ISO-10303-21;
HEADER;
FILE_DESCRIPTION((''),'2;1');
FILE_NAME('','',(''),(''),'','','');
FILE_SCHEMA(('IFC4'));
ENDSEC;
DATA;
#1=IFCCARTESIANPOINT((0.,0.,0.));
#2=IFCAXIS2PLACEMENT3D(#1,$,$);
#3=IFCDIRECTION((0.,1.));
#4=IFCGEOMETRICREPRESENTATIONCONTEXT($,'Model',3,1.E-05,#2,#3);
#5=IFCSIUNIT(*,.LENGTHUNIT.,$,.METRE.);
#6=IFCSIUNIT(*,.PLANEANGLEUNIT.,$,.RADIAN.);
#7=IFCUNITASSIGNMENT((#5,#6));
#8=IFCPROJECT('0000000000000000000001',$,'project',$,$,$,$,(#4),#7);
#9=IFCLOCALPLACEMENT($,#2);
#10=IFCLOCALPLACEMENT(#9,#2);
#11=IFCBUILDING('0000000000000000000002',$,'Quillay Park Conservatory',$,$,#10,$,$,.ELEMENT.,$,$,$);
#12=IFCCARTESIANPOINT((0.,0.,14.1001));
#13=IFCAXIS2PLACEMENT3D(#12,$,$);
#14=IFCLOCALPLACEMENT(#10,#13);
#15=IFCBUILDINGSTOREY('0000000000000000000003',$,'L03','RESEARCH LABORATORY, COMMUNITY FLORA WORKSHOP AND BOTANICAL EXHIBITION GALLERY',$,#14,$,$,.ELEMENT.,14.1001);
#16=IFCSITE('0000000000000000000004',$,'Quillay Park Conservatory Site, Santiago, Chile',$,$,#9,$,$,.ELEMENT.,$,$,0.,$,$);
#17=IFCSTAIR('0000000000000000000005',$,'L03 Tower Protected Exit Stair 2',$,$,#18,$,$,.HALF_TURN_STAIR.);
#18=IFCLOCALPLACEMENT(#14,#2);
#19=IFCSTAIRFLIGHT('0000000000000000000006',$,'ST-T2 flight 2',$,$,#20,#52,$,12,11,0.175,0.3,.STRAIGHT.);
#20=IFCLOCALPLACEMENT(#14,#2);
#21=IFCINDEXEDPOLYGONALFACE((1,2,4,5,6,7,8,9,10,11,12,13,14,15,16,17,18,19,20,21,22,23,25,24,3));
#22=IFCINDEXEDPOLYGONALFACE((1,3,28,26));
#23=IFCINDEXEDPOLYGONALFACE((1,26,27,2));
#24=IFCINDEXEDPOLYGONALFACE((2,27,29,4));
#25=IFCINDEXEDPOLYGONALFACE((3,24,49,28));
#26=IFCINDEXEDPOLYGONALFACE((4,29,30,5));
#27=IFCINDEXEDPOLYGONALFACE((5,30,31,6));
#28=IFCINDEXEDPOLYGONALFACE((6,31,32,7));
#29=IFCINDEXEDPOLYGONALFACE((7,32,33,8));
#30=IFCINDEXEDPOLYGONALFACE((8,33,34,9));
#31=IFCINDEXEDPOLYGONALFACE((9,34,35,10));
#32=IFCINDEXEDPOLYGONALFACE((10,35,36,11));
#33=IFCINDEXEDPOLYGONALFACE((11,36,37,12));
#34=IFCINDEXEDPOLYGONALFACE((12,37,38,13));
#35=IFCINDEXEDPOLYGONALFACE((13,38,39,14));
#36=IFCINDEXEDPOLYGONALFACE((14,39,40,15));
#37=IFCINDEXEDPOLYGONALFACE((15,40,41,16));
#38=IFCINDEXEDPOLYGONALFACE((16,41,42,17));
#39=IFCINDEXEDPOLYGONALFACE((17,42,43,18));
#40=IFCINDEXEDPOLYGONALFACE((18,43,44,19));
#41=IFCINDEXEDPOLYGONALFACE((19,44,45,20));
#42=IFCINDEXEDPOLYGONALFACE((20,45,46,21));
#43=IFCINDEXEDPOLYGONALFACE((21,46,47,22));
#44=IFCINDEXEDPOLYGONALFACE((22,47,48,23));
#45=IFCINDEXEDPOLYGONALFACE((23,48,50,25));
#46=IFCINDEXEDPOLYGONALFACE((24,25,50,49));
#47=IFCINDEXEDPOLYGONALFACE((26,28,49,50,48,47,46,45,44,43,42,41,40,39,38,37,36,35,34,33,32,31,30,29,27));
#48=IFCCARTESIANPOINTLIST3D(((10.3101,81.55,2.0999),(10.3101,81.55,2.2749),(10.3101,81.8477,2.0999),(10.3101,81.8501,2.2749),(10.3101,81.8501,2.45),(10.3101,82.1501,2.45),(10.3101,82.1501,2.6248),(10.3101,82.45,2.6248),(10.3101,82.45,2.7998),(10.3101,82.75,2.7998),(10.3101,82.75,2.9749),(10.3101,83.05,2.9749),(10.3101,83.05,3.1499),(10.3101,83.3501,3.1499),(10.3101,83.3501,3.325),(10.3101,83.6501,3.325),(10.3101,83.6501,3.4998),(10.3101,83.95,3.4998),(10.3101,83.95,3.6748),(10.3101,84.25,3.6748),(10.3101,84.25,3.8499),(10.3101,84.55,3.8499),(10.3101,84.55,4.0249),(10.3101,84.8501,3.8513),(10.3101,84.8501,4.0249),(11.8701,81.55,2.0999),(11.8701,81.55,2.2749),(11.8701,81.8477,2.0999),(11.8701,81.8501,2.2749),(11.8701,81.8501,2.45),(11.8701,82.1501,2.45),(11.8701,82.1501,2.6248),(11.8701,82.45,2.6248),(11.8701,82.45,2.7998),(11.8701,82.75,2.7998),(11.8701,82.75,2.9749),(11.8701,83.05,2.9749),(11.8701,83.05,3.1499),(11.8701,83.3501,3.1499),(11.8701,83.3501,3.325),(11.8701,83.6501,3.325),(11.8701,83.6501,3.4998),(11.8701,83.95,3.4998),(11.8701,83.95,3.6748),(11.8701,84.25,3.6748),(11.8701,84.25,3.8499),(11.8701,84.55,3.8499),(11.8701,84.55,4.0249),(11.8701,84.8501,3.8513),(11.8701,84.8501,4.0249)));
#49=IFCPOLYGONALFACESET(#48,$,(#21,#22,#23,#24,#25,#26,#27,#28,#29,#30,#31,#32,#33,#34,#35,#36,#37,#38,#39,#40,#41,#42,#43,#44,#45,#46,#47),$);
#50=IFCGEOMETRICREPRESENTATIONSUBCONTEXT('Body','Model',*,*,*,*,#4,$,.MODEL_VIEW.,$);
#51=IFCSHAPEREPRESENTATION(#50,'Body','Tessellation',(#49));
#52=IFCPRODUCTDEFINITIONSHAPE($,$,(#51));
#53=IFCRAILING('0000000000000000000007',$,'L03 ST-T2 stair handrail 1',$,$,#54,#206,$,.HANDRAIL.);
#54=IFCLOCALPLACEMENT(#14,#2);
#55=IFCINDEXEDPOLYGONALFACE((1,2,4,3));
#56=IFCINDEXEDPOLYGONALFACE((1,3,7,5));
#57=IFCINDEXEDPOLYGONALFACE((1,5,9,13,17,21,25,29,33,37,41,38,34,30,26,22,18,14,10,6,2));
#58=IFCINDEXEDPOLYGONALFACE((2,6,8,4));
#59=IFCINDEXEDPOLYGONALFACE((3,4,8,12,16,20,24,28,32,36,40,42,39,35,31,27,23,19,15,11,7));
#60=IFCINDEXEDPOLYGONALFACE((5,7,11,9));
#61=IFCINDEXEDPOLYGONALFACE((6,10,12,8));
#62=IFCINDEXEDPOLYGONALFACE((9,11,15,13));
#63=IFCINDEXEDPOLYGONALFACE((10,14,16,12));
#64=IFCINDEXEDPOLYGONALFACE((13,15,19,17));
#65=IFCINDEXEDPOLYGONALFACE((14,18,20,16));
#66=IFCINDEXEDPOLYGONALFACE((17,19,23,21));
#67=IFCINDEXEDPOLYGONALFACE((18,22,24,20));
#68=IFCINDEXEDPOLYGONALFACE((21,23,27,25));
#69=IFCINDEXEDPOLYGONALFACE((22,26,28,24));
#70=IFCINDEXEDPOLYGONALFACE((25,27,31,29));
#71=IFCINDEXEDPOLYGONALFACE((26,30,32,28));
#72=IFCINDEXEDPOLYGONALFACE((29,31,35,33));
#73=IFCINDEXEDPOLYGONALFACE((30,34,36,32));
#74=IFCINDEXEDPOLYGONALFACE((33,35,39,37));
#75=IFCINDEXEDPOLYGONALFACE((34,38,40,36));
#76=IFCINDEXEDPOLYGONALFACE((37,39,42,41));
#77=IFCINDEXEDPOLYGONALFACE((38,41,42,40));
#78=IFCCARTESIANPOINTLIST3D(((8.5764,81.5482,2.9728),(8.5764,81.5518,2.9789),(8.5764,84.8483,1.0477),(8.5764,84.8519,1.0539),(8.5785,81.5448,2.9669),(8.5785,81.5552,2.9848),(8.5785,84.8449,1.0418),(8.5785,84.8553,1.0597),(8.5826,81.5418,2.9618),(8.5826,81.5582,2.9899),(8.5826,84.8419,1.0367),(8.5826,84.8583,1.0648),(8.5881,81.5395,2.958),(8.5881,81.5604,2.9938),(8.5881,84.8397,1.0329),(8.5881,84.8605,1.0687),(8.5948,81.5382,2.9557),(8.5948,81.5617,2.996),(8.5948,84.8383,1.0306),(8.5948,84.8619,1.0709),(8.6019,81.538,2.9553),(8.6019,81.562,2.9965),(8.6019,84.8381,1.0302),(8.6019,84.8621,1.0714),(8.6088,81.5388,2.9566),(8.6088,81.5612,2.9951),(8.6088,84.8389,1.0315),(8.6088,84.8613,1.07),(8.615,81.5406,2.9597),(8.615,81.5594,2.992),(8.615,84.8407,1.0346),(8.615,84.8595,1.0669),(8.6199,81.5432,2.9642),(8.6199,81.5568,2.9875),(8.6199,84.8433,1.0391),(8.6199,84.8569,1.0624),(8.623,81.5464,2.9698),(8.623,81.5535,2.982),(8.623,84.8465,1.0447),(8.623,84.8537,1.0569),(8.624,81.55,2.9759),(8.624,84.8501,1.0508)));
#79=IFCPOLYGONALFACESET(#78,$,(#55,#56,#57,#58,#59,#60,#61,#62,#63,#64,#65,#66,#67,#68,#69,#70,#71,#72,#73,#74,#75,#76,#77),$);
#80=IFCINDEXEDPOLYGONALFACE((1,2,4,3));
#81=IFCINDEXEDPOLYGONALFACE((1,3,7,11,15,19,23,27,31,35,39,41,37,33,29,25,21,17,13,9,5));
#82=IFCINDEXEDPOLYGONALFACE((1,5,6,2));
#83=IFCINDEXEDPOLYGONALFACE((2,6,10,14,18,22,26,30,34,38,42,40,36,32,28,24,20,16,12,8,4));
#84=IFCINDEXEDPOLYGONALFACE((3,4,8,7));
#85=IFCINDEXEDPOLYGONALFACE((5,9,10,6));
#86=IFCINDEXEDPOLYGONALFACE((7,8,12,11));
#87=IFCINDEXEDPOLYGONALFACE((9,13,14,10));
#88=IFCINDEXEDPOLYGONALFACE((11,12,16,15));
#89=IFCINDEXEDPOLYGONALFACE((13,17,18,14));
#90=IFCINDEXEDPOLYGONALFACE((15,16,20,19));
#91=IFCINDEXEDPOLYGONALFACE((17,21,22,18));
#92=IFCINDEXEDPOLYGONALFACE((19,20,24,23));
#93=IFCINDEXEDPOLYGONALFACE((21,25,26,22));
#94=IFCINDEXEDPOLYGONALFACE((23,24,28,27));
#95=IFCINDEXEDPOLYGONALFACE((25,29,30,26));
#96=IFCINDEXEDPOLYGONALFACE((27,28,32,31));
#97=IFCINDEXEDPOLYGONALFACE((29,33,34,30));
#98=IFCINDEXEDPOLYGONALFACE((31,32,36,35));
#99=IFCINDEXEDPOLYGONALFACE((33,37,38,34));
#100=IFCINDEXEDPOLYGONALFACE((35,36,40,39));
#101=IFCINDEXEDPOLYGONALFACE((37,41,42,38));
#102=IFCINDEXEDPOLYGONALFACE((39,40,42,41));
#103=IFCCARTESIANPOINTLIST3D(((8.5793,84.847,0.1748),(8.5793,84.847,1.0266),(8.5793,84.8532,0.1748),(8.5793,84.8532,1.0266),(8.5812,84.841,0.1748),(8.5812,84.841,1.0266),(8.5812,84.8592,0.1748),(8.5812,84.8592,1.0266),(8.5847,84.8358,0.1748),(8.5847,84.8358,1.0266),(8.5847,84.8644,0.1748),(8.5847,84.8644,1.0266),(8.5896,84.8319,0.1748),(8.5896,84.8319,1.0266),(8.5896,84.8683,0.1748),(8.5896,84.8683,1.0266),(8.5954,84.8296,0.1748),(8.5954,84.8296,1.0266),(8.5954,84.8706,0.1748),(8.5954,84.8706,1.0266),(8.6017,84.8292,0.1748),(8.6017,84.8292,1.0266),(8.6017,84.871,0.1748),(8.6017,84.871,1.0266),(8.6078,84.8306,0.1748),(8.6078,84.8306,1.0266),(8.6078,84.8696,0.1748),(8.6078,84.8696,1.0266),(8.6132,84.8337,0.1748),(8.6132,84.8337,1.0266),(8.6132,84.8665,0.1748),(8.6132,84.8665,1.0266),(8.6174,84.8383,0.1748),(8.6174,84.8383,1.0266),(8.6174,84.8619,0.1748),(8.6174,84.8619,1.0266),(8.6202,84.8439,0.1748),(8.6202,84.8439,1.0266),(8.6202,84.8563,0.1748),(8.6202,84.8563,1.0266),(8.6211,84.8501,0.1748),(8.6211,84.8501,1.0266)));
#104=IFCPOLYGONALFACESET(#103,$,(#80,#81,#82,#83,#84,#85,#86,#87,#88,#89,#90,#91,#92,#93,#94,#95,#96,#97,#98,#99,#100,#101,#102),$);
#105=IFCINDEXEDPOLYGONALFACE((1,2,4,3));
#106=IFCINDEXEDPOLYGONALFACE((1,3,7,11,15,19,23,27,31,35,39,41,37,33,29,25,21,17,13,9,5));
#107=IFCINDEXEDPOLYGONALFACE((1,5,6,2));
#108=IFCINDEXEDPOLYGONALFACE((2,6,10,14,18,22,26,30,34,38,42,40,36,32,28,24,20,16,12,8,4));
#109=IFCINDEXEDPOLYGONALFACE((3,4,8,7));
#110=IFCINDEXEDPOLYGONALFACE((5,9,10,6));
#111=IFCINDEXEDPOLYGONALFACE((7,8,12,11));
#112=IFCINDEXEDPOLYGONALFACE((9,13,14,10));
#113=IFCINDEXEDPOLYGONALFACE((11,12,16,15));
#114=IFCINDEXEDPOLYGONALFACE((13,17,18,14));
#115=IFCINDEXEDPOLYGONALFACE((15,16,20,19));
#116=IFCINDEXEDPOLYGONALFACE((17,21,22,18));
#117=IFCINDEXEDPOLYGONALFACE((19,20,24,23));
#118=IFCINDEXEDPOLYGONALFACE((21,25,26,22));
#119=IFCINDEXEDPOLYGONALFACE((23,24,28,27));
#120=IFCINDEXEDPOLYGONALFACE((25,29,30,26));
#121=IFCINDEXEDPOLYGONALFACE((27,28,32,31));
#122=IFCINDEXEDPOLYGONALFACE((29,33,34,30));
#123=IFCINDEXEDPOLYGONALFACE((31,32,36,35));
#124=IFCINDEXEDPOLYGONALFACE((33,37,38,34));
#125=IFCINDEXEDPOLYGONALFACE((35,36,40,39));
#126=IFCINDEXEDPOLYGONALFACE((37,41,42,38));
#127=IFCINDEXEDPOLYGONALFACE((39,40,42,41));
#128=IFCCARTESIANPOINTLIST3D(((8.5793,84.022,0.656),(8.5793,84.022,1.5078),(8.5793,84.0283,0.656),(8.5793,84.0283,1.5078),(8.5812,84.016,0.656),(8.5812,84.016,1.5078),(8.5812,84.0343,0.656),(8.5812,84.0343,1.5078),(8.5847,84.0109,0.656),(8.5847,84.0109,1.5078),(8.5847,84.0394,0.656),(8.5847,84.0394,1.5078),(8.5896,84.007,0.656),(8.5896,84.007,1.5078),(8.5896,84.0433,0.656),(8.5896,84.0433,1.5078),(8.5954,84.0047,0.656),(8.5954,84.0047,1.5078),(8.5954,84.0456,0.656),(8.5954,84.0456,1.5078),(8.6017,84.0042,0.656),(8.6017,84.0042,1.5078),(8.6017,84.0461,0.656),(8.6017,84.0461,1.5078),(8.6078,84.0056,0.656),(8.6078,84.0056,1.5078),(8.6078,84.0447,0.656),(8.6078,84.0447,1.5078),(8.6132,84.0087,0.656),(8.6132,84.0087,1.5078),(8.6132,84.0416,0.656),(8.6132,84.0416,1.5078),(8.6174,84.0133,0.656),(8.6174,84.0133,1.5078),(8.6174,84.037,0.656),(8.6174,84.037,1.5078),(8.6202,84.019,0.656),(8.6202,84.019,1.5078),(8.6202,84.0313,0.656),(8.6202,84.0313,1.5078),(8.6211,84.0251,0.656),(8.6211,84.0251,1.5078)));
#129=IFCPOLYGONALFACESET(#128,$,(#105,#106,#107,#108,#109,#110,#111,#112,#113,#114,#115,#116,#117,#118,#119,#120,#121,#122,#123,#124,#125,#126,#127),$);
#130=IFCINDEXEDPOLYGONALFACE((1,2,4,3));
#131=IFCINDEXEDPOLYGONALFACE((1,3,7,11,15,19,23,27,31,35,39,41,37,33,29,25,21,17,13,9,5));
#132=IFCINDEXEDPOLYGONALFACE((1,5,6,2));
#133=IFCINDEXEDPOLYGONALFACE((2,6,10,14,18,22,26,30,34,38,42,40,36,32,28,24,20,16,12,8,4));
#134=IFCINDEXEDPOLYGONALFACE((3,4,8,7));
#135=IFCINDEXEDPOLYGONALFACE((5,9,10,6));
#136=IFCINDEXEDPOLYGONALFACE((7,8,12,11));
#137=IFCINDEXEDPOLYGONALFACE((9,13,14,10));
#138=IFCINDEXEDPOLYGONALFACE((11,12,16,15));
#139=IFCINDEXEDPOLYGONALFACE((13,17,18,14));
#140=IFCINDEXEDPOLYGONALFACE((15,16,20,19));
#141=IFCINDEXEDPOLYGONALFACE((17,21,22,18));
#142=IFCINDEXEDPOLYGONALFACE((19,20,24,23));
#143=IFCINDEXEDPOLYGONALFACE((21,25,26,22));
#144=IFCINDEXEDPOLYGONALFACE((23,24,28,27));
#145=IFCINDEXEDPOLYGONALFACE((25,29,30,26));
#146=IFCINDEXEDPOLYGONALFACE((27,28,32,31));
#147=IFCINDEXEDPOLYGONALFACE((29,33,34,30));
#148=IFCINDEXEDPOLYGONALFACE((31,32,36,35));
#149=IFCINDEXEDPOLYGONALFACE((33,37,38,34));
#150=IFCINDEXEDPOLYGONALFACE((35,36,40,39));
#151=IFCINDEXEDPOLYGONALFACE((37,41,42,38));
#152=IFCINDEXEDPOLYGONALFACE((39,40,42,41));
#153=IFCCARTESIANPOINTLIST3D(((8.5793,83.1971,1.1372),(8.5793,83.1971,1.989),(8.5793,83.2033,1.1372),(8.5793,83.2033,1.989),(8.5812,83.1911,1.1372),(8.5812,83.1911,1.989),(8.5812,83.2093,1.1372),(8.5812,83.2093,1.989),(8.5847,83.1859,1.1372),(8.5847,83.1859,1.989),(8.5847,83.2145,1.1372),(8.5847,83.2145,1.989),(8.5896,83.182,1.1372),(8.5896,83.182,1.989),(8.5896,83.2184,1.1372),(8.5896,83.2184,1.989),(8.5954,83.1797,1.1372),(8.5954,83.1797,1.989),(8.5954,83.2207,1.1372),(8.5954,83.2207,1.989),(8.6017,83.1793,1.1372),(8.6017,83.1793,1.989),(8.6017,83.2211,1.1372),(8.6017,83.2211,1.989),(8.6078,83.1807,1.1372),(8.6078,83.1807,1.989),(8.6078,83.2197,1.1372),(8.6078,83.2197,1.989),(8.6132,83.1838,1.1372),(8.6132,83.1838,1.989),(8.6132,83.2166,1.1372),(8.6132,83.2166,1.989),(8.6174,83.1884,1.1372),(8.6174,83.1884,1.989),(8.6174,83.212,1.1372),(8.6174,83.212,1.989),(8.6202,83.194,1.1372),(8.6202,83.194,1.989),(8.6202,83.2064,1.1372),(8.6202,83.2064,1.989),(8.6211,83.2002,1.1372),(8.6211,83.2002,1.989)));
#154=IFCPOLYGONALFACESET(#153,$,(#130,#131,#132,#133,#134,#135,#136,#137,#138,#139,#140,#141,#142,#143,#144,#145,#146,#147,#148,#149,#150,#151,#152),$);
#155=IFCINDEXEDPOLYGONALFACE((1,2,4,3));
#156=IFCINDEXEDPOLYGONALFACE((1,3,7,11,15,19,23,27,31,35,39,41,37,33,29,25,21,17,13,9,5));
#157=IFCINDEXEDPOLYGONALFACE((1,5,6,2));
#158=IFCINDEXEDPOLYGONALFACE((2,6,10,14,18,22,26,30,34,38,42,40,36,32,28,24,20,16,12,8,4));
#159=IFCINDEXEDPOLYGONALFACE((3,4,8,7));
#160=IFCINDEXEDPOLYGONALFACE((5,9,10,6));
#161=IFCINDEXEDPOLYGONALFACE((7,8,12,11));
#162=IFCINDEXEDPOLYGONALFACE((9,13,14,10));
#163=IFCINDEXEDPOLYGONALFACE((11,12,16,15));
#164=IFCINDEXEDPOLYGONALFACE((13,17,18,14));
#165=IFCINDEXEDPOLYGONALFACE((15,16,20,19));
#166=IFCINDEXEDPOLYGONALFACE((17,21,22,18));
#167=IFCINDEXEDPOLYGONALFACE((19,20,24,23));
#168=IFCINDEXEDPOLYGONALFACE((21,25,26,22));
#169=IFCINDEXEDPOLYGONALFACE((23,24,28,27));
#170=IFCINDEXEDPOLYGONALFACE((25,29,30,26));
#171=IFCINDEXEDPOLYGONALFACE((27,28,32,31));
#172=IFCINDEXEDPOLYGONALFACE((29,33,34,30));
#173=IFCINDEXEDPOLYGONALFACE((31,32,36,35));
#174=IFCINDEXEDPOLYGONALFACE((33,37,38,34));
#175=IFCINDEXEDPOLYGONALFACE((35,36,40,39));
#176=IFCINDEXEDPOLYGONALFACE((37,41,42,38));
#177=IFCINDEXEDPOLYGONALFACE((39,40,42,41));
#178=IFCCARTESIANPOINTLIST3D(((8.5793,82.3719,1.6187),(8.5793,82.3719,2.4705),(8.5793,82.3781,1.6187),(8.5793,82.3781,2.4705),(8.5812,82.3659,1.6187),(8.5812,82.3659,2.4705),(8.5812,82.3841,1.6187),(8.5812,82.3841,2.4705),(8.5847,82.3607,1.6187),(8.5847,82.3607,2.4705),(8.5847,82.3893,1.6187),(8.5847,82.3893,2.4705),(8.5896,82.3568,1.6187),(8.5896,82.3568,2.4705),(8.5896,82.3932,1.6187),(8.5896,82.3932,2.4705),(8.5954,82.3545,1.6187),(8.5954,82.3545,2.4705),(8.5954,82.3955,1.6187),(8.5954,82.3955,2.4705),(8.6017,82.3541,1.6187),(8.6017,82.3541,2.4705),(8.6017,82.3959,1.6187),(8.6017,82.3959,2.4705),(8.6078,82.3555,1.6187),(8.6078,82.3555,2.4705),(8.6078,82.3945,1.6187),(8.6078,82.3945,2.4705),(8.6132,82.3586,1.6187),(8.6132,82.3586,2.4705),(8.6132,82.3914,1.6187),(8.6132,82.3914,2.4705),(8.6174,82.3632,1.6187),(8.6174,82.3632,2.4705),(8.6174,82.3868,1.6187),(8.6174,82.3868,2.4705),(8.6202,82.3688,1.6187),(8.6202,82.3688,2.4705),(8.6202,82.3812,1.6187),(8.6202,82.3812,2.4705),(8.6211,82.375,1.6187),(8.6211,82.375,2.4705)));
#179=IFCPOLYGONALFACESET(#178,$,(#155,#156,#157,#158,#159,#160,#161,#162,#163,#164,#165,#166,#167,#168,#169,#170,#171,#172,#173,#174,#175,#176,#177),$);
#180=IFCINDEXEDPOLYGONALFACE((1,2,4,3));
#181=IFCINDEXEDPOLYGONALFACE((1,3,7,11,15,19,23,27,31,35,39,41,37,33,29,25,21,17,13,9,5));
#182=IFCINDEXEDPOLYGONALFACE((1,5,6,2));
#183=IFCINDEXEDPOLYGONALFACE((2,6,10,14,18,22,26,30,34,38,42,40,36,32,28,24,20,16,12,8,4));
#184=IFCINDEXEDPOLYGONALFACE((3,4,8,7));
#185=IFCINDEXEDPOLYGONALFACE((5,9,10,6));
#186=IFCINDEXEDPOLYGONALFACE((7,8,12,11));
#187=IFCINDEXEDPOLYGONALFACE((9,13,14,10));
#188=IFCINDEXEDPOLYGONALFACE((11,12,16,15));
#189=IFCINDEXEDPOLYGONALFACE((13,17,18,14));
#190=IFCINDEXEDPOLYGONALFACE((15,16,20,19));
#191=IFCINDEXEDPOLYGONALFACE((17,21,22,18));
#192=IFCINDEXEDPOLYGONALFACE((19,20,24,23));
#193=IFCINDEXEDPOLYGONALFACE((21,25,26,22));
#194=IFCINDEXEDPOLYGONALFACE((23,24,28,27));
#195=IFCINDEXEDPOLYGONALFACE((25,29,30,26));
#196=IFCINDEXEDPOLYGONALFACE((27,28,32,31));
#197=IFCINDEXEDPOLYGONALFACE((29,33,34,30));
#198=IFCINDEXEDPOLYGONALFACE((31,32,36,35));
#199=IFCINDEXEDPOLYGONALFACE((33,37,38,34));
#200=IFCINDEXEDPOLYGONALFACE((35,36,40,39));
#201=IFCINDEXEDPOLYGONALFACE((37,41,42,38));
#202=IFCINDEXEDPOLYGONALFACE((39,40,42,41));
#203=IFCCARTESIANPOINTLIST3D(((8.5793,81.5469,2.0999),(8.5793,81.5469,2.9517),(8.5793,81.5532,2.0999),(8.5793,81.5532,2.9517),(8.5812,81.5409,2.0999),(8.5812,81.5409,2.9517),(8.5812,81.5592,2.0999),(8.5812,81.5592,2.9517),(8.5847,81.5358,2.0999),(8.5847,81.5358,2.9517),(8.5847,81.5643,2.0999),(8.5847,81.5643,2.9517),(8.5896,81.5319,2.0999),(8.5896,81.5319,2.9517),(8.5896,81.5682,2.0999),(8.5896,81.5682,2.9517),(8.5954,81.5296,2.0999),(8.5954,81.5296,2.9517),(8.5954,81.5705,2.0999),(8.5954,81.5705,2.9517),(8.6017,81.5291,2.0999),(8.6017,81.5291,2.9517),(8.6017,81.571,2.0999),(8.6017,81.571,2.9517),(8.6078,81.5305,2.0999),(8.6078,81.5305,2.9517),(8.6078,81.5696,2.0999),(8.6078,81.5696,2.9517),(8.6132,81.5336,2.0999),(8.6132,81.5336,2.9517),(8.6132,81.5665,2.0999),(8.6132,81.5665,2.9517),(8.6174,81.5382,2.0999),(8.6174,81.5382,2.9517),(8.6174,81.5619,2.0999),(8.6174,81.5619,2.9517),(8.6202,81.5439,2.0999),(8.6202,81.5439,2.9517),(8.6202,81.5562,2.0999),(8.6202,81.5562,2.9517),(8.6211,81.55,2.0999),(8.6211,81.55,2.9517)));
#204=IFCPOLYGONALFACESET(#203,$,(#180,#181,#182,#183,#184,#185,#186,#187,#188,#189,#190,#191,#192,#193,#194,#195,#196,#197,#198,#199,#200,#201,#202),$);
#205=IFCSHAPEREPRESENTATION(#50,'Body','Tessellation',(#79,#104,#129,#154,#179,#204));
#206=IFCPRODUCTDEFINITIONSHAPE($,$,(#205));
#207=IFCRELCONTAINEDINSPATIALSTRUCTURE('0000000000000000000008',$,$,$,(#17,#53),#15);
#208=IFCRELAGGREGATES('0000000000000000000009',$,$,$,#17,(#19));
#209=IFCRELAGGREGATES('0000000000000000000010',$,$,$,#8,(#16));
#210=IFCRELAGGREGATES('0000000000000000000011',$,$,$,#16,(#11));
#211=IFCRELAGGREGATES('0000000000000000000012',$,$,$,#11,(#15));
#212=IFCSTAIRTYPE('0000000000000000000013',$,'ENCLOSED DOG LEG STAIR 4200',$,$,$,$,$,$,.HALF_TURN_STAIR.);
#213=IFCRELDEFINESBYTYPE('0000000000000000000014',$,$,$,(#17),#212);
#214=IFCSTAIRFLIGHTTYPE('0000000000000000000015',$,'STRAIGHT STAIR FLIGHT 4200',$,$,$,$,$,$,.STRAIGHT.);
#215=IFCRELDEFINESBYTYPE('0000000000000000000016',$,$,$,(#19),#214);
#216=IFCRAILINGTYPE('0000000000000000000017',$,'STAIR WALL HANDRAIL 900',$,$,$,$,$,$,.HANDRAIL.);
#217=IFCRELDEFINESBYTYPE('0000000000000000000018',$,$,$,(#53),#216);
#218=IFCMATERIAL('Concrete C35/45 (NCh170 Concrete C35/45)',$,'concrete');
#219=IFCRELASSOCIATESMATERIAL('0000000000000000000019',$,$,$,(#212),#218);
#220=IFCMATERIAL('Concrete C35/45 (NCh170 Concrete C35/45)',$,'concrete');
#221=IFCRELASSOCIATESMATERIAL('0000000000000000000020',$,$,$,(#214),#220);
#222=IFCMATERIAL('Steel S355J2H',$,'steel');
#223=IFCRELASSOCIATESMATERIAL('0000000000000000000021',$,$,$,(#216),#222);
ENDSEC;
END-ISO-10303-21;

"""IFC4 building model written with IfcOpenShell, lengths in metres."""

from ifc_helpers import new_model, si_unit, direction, frame, origin, origin_2d, place, context, subcontext, project, spatial, polyline, circle, outline, extrude, material, type_object, element, aggregate, save


model = new_model("IFC4")

# Units and contexts
model_context = context("Model", 3, precision=1e-05, world=origin(), true_north=direction((0.0, 1.0)))
body_context = subcontext(model_context, "Body", "Model", "MODEL_VIEW")
ifc_project = project(units=[si_unit("LENGTHUNIT", "METRE"), si_unit("PLANEANGLEUNIT", "RADIAN")], contexts=[model_context])

# Site, building, storey
site_placement = place(None, origin())
site = spatial("IfcSite", under=ifc_project, at=site_placement, Name="Quillay Park Conservatory Site, Santiago, Chile", CompositionType="ELEMENT", RefElevation=0.0)
building_placement = place(site_placement, origin())
building = spatial("IfcBuilding", under=site, at=building_placement, Name="Quillay Park Conservatory", CompositionType="ELEMENT")
storey_placement = place(building_placement, frame((0.0, 0.0, 14.1001)))
storey = spatial("IfcBuildingStorey", under=building, at=storey_placement, Name="L03", Description="RESEARCH LABORATORY, COMMUNITY FLORA WORKSHOP AND BOTANICAL EXHIBITION GALLERY", CompositionType="ELEMENT", Elevation=14.1001)

# Stair, stair flight
ifc_material_1 = material(Name="Concrete C35/45 (NCh170 Concrete C35/45)", Category="concrete")
stair_type = type_object("IfcStairType", Name="ENCLOSED DOG LEG STAIR 4200", PredefinedType="HALF_TURN_STAIR", material=ifc_material_1)
stair_placement = place(storey_placement, origin())
stair = element("IfcStair", 1, at=stair_placement, inside=storey, type_object=stair_type, Name="L03 Tower Protected Exit Stair 2", PredefinedType="HALF_TURN_STAIR")
ifc_material_2 = material(Name="Concrete C35/45 (NCh170 Concrete C35/45)", Category="concrete")
stair_flight_type = type_object("IfcStairFlightType", Name="STRAIGHT STAIR FLIGHT 4200", PredefinedType="STRAIGHT", material=ifc_material_2)
stair_flight_1_placement = place(storey_placement, frame((11.0901, 81.55, 2.0999), z_axis=(0.0, 0.0, 1.0), x_axis=(0.0, 1.0, 0.0)))
stair_flight_1 = element("IfcStairFlight", 2, at=stair_flight_1_placement, type_object=stair_flight_type, Name="ST-T2 flight 2", NumberOfRisers=12, NumberOfTreads=11, PredefinedType="STRAIGHT", RiserHeight=0.175, TreadLength=0.3, context=body_context, shape_type="SweptSolid", body=[
    extrude(outline(polyline([(0.0, 0.0), (0.0, 0.175), (0.3, 0.175), (0.3, 0.3501), (0.6001, 0.3501), (0.6001, 0.5249), (0.8999, 0.5249), (0.8999, 0.7), (1.2, 0.7), (1.2, 0.875), (1.5, 0.875), (1.5, 1.05), (1.8, 1.05), (1.8, 1.2251), (2.1001, 1.2251), (2.1001, 1.3999), (2.3999, 1.3999), (2.3999, 1.575), (2.7, 1.575), (2.7, 1.75), (3.0, 1.75), (3.0, 1.925), (3.3, 1.925), (3.3, 2.1001), (3.3, 1.7515), (0.2976, 0.0), (0.0, 0.0)])), frame((0.0, 0.78, 0.0), z_axis=(0.0, -1.0, 0.0), x_axis=(1.0, 0.0, 0.0)), (0.0, 0.0, 1.0), 1.5601),
])
aggregate(stair, [stair_flight_1])

# Railing
ifc_material_3 = material(Name="Steel S355J2H", Category="steel")
railing_type_1 = type_object("IfcRailingType", Name="STAIR WALL HANDRAIL 900", PredefinedType="HANDRAIL", material=ifc_material_3)
railing_1_placement = place(storey_placement, frame((8.6001, 84.8501, 0.1748)))
element("IfcRailing", 3, at=railing_1_placement, inside=storey, type_object=railing_type_1, Name="L03 ST-T2 stair handrail 1", PredefinedType="HANDRAIL", context=body_context, shape_type="SweptSolid", body=[
    extrude(circle(Radius=0.0239, at=origin_2d()), frame((0.0, 0.0, 0.876), z_axis=(0.0, -0.863777, 0.503875), x_axis=(1.0, 0.0, 0.0)), (0.0, 0.0, 1.0), 3.8206),
    extrude(circle(Radius=0.021, at=origin_2d()), origin(), (0.0, 0.0, 1.0), 0.8518),
    extrude(circle(Radius=0.021, at=origin_2d()), frame((0.0, -0.825, 0.4812)), (0.0, 0.0, 1.0), 0.8518),
    extrude(circle(Radius=0.021, at=origin_2d()), frame((0.0, -1.6499, 0.9624)), (0.0, 0.0, 1.0), 0.8518),
    extrude(circle(Radius=0.021, at=origin_2d()), frame((0.0, -2.4751, 1.4438)), (0.0, 0.0, 1.0), 0.8518),
    extrude(circle(Radius=0.021, at=origin_2d()), frame((0.0, -3.3, 1.925)), (0.0, 0.0, 1.0), 0.8518),
])

save(model, "model.ifc")
